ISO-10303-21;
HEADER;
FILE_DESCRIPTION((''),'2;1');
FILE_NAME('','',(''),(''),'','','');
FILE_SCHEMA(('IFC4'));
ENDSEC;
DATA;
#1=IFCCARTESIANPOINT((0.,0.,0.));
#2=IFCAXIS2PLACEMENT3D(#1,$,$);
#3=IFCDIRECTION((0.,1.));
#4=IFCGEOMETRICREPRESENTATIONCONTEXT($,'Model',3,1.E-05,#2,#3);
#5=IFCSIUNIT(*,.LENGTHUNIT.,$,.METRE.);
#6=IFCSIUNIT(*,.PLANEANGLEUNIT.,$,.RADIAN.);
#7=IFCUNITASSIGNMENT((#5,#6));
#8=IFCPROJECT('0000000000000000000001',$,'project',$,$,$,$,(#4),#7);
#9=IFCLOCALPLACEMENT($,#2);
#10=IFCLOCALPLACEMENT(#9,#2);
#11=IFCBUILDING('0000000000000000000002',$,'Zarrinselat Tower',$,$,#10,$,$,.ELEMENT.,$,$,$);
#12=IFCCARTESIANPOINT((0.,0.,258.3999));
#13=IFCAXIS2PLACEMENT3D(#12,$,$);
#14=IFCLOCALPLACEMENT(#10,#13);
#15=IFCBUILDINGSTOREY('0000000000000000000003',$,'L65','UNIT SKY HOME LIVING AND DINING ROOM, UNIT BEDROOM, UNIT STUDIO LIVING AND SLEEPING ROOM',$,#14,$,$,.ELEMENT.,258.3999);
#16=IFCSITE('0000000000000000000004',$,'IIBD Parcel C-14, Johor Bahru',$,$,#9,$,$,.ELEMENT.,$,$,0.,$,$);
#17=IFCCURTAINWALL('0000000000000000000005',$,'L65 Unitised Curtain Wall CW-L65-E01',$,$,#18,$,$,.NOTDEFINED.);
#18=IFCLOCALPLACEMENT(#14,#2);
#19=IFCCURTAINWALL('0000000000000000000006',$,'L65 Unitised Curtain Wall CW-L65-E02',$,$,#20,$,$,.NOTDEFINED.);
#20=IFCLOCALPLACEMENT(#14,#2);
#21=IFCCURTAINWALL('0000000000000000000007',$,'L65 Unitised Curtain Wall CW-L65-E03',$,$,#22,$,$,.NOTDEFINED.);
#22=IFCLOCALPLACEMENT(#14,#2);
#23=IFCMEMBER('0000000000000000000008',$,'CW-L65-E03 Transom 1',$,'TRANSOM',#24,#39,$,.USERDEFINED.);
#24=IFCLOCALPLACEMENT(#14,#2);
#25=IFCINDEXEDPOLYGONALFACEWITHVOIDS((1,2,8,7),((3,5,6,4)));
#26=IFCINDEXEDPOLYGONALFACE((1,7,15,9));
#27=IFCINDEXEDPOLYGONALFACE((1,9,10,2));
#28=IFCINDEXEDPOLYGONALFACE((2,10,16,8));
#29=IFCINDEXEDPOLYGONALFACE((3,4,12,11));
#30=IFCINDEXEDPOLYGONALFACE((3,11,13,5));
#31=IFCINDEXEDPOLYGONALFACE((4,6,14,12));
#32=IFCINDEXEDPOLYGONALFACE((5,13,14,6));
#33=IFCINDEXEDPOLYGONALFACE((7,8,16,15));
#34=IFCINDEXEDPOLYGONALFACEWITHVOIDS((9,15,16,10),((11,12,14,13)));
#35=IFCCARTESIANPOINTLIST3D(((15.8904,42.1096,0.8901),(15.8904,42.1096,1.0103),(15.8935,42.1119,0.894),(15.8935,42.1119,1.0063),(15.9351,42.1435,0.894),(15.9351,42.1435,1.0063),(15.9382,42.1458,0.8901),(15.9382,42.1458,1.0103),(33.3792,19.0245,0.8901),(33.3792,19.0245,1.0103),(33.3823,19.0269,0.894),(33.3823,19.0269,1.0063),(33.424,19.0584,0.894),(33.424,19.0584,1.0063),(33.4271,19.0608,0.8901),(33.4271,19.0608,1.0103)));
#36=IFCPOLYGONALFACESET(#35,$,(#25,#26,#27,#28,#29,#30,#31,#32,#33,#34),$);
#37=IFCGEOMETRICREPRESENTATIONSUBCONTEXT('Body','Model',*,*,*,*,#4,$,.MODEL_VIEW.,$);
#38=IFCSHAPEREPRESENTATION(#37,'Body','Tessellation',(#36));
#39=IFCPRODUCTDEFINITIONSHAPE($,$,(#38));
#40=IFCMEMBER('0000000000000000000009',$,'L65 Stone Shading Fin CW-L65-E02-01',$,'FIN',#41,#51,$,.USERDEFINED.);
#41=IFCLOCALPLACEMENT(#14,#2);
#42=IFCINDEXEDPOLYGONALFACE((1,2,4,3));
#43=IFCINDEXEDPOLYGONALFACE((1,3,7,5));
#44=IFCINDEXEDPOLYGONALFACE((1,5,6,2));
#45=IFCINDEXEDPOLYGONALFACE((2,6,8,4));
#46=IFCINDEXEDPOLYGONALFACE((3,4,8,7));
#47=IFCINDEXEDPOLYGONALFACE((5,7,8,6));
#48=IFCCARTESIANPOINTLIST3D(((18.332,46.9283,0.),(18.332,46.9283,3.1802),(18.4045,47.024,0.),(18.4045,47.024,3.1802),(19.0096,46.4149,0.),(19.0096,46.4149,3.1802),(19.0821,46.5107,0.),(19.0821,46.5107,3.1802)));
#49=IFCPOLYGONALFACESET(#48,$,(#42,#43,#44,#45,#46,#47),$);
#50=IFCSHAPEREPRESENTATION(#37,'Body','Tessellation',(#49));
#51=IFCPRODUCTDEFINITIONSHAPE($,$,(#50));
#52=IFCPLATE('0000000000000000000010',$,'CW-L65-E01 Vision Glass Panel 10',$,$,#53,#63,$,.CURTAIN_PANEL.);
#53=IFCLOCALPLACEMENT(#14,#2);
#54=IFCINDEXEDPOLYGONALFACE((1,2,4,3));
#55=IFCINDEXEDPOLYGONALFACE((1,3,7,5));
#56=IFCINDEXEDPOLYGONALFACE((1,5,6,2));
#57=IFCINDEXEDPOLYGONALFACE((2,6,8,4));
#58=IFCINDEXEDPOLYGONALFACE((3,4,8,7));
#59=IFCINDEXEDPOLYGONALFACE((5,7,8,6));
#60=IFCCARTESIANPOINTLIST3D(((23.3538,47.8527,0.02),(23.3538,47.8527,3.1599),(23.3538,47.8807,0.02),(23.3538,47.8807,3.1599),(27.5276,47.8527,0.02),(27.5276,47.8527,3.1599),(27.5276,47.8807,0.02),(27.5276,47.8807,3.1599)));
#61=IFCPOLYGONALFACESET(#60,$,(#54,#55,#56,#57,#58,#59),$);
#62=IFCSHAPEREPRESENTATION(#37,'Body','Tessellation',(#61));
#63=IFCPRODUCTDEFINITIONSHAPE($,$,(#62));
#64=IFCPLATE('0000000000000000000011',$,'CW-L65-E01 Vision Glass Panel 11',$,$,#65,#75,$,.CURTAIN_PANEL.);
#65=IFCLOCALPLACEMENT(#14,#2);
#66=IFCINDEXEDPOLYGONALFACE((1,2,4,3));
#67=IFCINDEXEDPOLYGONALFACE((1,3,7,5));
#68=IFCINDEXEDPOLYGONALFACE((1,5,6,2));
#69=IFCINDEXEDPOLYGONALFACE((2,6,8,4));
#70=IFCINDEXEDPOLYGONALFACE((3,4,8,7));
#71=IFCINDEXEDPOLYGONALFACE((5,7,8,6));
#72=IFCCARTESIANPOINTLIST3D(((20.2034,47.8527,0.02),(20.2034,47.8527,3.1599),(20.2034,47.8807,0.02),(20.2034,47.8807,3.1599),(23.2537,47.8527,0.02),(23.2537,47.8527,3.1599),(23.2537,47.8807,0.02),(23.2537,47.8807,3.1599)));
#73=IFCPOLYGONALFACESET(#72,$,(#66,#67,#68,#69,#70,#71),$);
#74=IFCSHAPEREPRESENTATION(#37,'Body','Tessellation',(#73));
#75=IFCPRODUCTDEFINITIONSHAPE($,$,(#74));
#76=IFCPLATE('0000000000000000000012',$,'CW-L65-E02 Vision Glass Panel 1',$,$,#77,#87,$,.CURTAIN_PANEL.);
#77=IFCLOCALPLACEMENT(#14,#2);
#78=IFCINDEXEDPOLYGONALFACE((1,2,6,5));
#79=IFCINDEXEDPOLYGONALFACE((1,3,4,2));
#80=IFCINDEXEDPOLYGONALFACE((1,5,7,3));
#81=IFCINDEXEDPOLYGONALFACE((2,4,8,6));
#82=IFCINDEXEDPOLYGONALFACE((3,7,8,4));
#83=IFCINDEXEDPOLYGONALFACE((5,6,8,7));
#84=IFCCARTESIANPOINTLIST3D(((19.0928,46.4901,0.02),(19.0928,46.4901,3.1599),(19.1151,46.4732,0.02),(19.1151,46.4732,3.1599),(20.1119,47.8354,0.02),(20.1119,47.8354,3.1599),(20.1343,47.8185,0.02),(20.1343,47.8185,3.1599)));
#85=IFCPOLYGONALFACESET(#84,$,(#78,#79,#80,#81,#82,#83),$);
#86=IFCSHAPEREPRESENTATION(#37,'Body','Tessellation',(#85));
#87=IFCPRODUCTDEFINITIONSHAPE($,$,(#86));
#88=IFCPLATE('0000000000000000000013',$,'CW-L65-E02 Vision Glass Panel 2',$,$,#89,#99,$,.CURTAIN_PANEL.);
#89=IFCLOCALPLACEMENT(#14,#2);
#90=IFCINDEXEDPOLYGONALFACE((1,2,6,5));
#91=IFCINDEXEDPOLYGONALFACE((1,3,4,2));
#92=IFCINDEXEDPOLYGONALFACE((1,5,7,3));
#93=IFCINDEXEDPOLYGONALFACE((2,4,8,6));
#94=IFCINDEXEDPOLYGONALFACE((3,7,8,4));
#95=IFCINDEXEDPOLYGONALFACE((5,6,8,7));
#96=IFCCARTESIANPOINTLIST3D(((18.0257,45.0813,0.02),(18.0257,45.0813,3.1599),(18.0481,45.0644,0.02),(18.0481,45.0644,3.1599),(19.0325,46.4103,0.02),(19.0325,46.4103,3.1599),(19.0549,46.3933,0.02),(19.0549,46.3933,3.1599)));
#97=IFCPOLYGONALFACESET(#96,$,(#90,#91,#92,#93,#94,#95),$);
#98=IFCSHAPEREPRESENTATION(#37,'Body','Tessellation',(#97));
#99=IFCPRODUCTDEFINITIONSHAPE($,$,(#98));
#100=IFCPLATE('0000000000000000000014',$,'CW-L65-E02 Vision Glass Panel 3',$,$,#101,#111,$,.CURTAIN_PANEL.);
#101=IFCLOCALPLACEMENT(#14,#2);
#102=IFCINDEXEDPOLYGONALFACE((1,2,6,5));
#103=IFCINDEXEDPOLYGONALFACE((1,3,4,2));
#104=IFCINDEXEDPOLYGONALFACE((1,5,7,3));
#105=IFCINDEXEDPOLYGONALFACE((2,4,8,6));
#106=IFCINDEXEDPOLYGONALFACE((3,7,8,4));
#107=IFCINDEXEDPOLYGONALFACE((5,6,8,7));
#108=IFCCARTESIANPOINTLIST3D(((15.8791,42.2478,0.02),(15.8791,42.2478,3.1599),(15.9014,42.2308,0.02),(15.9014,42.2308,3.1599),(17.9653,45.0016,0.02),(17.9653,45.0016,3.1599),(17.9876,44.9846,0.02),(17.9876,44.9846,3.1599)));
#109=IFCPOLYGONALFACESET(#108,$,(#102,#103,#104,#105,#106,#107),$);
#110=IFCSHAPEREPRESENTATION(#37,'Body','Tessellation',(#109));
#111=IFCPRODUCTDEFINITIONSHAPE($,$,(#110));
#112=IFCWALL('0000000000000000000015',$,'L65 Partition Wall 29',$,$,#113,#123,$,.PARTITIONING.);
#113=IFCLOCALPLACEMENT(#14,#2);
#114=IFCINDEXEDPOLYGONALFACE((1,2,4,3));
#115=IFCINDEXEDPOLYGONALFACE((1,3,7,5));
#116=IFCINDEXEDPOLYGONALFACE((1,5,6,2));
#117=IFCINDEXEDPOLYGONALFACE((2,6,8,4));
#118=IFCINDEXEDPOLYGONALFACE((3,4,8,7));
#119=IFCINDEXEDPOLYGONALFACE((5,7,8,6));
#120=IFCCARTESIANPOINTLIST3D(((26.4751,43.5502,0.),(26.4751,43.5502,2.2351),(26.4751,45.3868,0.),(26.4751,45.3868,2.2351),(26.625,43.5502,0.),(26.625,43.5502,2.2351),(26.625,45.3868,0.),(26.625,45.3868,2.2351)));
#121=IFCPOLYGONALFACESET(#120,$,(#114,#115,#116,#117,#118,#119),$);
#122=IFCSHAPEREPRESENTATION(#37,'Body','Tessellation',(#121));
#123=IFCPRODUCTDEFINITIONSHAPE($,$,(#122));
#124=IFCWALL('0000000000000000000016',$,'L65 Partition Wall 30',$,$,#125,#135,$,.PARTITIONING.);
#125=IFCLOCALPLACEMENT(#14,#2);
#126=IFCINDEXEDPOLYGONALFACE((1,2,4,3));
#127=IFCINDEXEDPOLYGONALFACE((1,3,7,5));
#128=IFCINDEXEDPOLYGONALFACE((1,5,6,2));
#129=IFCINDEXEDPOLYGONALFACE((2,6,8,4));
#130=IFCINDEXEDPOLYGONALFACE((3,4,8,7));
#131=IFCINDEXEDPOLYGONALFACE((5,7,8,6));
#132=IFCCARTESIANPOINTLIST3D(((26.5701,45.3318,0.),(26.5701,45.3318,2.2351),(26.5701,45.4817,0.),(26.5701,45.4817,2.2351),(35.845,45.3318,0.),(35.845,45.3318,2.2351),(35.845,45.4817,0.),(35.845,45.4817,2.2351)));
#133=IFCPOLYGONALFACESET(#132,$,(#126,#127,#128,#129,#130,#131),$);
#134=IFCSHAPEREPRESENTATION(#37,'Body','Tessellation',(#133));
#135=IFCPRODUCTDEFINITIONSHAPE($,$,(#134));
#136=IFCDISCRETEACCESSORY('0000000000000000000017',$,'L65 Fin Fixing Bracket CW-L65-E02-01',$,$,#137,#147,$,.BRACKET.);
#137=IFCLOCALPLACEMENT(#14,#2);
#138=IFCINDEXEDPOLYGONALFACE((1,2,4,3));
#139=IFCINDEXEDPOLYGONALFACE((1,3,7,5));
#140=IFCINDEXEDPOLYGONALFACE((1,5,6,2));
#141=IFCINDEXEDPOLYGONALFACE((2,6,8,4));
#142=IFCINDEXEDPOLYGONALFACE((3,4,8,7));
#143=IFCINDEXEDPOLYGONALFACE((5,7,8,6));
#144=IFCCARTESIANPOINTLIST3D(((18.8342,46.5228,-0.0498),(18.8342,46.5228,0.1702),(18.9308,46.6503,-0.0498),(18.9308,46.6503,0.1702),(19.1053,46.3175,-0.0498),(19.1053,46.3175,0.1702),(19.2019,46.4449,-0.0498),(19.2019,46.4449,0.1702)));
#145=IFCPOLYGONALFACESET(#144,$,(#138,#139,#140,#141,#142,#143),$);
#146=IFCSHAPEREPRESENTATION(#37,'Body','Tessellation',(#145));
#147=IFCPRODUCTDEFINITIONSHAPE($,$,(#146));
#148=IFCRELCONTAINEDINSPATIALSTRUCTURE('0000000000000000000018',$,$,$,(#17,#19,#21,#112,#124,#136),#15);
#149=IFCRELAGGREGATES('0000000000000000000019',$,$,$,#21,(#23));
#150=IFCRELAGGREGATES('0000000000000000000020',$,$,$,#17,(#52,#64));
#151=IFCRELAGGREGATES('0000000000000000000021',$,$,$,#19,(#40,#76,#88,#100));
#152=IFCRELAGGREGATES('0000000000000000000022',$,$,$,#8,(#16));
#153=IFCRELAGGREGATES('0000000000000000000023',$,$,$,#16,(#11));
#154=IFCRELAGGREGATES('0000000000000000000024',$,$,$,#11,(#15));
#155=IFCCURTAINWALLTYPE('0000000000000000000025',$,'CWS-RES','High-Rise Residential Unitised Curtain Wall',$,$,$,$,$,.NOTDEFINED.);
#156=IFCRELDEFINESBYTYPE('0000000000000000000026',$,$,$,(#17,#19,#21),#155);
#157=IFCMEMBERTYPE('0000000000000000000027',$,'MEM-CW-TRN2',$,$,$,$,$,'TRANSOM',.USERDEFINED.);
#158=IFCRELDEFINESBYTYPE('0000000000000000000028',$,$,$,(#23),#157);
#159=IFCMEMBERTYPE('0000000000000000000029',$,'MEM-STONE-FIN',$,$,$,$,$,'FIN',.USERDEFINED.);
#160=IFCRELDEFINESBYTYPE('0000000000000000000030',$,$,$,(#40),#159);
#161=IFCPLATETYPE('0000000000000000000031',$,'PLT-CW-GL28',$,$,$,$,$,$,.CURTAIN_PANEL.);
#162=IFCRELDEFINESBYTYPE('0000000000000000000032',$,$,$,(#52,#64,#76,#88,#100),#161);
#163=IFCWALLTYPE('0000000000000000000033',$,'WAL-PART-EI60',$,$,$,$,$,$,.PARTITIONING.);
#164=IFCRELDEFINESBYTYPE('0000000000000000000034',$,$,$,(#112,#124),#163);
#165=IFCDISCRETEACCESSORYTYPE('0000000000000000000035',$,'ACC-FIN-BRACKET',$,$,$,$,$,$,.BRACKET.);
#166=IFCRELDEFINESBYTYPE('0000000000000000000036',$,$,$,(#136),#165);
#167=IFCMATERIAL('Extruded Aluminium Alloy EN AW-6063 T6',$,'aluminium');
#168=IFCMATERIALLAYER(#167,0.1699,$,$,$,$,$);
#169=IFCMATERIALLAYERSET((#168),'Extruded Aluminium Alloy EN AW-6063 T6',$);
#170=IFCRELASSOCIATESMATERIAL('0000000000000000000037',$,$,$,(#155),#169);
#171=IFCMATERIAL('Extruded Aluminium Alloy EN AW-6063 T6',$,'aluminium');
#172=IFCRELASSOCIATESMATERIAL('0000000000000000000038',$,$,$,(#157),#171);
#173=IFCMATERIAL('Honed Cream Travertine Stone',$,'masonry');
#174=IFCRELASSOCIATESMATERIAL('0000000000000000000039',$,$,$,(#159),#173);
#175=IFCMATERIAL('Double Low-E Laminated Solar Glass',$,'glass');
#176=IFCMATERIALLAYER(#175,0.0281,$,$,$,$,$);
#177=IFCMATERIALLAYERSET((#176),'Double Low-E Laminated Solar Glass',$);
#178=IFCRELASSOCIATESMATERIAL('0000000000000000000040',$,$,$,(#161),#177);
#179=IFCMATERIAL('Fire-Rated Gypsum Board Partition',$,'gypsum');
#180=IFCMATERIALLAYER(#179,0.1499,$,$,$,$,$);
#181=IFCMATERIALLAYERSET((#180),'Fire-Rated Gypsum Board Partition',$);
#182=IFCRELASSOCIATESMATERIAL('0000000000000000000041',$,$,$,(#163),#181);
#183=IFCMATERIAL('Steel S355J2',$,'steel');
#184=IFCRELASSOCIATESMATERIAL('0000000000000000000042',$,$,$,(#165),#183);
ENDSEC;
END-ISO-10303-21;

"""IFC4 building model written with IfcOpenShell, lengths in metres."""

from ifc_helpers import new_model, si_unit, direction, frame, frame_2d, origin, origin_2d, place, context, subcontext, project, spatial, rectangle, hollow_rectangle, extrude, material, layer, layer_set, material_profile, profile_set, type_object, element, aggregate, save


model = new_model("IFC4")

# Units and contexts
model_context = context("Model", 3, precision=1e-05, world=origin(), true_north=direction((0.0, 1.0)))
body_context = subcontext(model_context, "Body", "Model", "MODEL_VIEW")
ifc_project = project(units=[si_unit("LENGTHUNIT", "METRE"), si_unit("PLANEANGLEUNIT", "RADIAN")], contexts=[model_context])

# Site, building, storey
site_placement = place(None, origin())
site = spatial("IfcSite", under=ifc_project, at=site_placement, Name="IIBD Parcel C-14, Johor Bahru", CompositionType="ELEMENT", RefElevation=0.0)
building_placement = place(site_placement, origin())
building = spatial("IfcBuilding", under=site, at=building_placement, Name="Zarrinselat Tower", CompositionType="ELEMENT")
storey_placement = place(building_placement, frame((0.0, 0.0, 258.3999)))
storey = spatial("IfcBuildingStorey", under=building, at=storey_placement, Name="L65", Description="UNIT SKY HOME LIVING AND DINING ROOM, UNIT BEDROOM, UNIT STUDIO LIVING AND SLEEPING ROOM", CompositionType="ELEMENT", Elevation=258.3999)

# Curtain walls
ifc_material_1 = material(Name="Extruded Aluminium Alloy EN AW-6063 T6", Category="aluminium")
ifc_layer_1 = layer(ifc_material_1, 0.1699)
ifc_layer_set_1 = layer_set([ifc_layer_1], Name="Extruded Aluminium Alloy EN AW-6063 T6")
curtain_wall_type = type_object("IfcCurtainWallType", Name="CWS-RES", Description="High-Rise Residential Unitised Curtain Wall", PredefinedType="NOTDEFINED", material=ifc_layer_set_1)
curtain_wall_1_placement = place(storey_placement, origin())
curtain_wall_1 = element("IfcCurtainWall", 1, at=curtain_wall_1_placement, inside=storey, type_object=curtain_wall_type, Name="L65 Unitised Curtain Wall CW-L65-E01", PredefinedType="NOTDEFINED")
curtain_wall_2_placement = place(storey_placement, origin())
curtain_wall_2 = element("IfcCurtainWall", 2, at=curtain_wall_2_placement, inside=storey, type_object=curtain_wall_type, Name="L65 Unitised Curtain Wall CW-L65-E02", PredefinedType="NOTDEFINED")
ifc_material_2 = material(Name="Extruded Aluminium Alloy EN AW-6063 T6", Category="aluminium")
ifc_material_profile_1 = material_profile(ifc_material_2, hollow_rectangle(XDim=0.0601, YDim=0.1201, WallThickness=0.0039, at=origin_2d()), Name="RHS 120x60x4")
ifc_profile_set_1 = profile_set([ifc_material_profile_1], Name="Extruded Aluminium Alloy EN AW-6063 T6")
member_type_1 = type_object("IfcMemberType", Name="MEM-CW-TRN2", ElementType="TRANSOM", PredefinedType="USERDEFINED", material=ifc_profile_set_1)

# Curtain wall, member
curtain_wall_3_placement = place(storey_placement, origin())
curtain_wall_3 = element("IfcCurtainWall", 3, at=curtain_wall_3_placement, inside=storey, type_object=curtain_wall_type, Name="L65 Unitised Curtain Wall CW-L65-E03", PredefinedType="NOTDEFINED")
member_1_placement = place(storey_placement, frame((15.9143, 42.1277, 0.9502), z_axis=(0.603861, -0.797089, 0.0), x_axis=(0.797089, 0.603861, 0.0)))
member_1 = element("IfcMember", 4, at=member_1_placement, type_object=member_type_1, Name="CW-L65-E03 Transom 1", ObjectType="TRANSOM", PredefinedType="USERDEFINED", context=body_context, shape_type="SweptSolid", body=[
    extrude(hollow_rectangle(XDim=0.0601, YDim=0.1201, WallThickness=0.0039, at=origin_2d()), origin(), (0.0, 0.0, 1.0), 28.9617),
])
aggregate(curtain_wall_3, [member_1])

# Member
ifc_material_3 = material(Name="Honed Cream Travertine Stone", Category="masonry")
ifc_material_profile_2 = material_profile(ifc_material_3, rectangle(XDim=0.1201, YDim=0.8501, at=origin_2d()), Name="FIN 850x120")
ifc_profile_set_2 = profile_set([ifc_material_profile_2], Name="Honed Cream Travertine Stone")
member_type_2 = type_object("IfcMemberType", Name="MEM-STONE-FIN", ElementType="FIN", PredefinedType="USERDEFINED", material=ifc_profile_set_2)
member_2_placement = place(storey_placement, frame((18.707, 46.7195, 0.0), z_axis=(0.0, 0.0, 1.0), x_axis=(0.603855, 0.797094, 0.0)))
member_2 = element("IfcMember", 5, at=member_2_placement, type_object=member_type_2, Name="L65 Stone Shading Fin CW-L65-E02-01", ObjectType="FIN", PredefinedType="USERDEFINED", context=body_context, shape_type="SweptSolid", body=[
    extrude(rectangle(XDim=0.1201, YDim=0.8501, at=origin_2d()), origin(), (0.0, 0.0, 1.0), 3.1802),
])

# Plates
ifc_material_4 = material(Name="Double Low-E Laminated Solar Glass", Category="glass")
ifc_layer_2 = layer(ifc_material_4, 0.0281)
ifc_layer_set_2 = layer_set([ifc_layer_2], Name="Double Low-E Laminated Solar Glass")
plate_type = type_object("IfcPlateType", Name="PLT-CW-GL28", PredefinedType="CURTAIN_PANEL", material=ifc_layer_set_2)
plate_1_placement = place(storey_placement, frame((25.4407, 47.8667, 0.02), z_axis=(0.0, 0.0, 1.0), x_axis=(-1.0, 0.0, 0.0)))
plate_1 = element("IfcPlate", 6, at=plate_1_placement, type_object=plate_type, Name="CW-L65-E01 Vision Glass Panel 10", PredefinedType="CURTAIN_PANEL", context=body_context, shape_type="SweptSolid", body=[
    extrude(rectangle(XDim=4.1738, YDim=0.0281, at=origin_2d()), origin(), (0.0, 0.0, 1.0), 3.1399),
])
plate_2_placement = place(storey_placement, frame((21.7285, 47.8667, 0.02), z_axis=(0.0, 0.0, 1.0), x_axis=(-1.0, 0.0, 0.0)))
plate_2 = element("IfcPlate", 7, at=plate_2_placement, type_object=plate_type, Name="CW-L65-E01 Vision Glass Panel 11", PredefinedType="CURTAIN_PANEL", context=body_context, shape_type="SweptSolid", body=[
    extrude(rectangle(XDim=3.0503, YDim=0.0281, at=origin_2d()), origin(), (0.0, 0.0, 1.0), 3.1399),
])
aggregate(curtain_wall_1, [plate_1, plate_2])
plate_3_placement = place(storey_placement, frame((19.6135, 47.1543, 0.02), z_axis=(0.0, 0.0, 1.0), x_axis=(-0.603855, -0.797094, 0.0)))
plate_3 = element("IfcPlate", 8, at=plate_3_placement, type_object=plate_type, Name="CW-L65-E02 Vision Glass Panel 1", PredefinedType="CURTAIN_PANEL", context=body_context, shape_type="SweptSolid", body=[
    extrude(rectangle(XDim=1.6877, YDim=0.0281, at=origin_2d()), origin(), (0.0, 0.0, 1.0), 3.1399),
])
plate_4_placement = place(storey_placement, frame((18.5403, 45.7373, 0.02), z_axis=(0.0, 0.0, 1.0), x_axis=(-0.603855, -0.797094, 0.0)))
plate_4 = element("IfcPlate", 9, at=plate_4_placement, type_object=plate_type, Name="CW-L65-E02 Vision Glass Panel 2", PredefinedType="CURTAIN_PANEL", context=body_context, shape_type="SweptSolid", body=[
    extrude(rectangle(XDim=1.6672, YDim=0.0281, at=origin_2d()), origin(), (0.0, 0.0, 1.0), 3.1399),
])
plate_5_placement = place(storey_placement, frame((16.9333, 43.6162, 0.02), z_axis=(0.0, 0.0, 1.0), x_axis=(-0.603855, -0.797094, 0.0)))
plate_5 = element("IfcPlate", 10, at=plate_5_placement, type_object=plate_type, Name="CW-L65-E02 Vision Glass Panel 3", PredefinedType="CURTAIN_PANEL", context=body_context, shape_type="SweptSolid", body=[
    extrude(rectangle(XDim=3.4548, YDim=0.0281, at=origin_2d()), origin(), (0.0, 0.0, 1.0), 3.1399),
])
aggregate(curtain_wall_2, [member_2, plate_3, plate_4, plate_5])

# Walls
ifc_material_5 = material(Name="Fire-Rated Gypsum Board Partition", Category="gypsum")
ifc_layer_3 = layer(ifc_material_5, 0.1499)
ifc_layer_set_3 = layer_set([ifc_layer_3], Name="Fire-Rated Gypsum Board Partition")
wall_type = type_object("IfcWallType", Name="WAL-PART-EI60", PredefinedType="PARTITIONING", material=ifc_layer_set_3)
wall_1_placement = place(storey_placement, frame((26.55, 43.55, 0.0), z_axis=(0.0, 0.0, 1.0), x_axis=(0.0, 1.0, 0.0)))
element("IfcWall", 11, at=wall_1_placement, inside=storey, type_object=wall_type, Name="L65 Partition Wall 29", PredefinedType="PARTITIONING", context=body_context, shape_type="SweptSolid", body=[
    extrude(rectangle(XDim=1.8367, YDim=0.1499, at=frame_2d((0.9185, 0.0))), origin(), (0.0, 0.0, 1.0), 2.2351),
])
wall_2_placement = place(storey_placement, frame((26.5701, 45.4067, 0.0), z_axis=(0.0, 0.0, 1.0), x_axis=(1.0, 0.0, 0.0)))
element("IfcWall", 12, at=wall_2_placement, inside=storey, type_object=wall_type, Name="L65 Partition Wall 30", PredefinedType="PARTITIONING", context=body_context, shape_type="SweptSolid", body=[
    extrude(rectangle(XDim=9.2749, YDim=0.1499, at=frame_2d((4.6375, 0.0))), origin(), (0.0, 0.0, 1.0), 2.2351),
])

# Discrete accessory
ifc_material_6 = material(Name="Steel S355J2", Category="steel")
discrete_accessory_type = type_object("IfcDiscreteAccessoryType", Name="ACC-FIN-BRACKET", PredefinedType="BRACKET", material=ifc_material_6)
discrete_accessory_placement = place(storey_placement, frame((19.0181, 46.4839, -0.0498), z_axis=(0.0, 0.0, 1.0), x_axis=(-0.797094, 0.603855, 0.0)))
element("IfcDiscreteAccessory", 13, at=discrete_accessory_placement, inside=storey, type_object=discrete_accessory_type, Name="L65 Fin Fixing Bracket CW-L65-E02-01", PredefinedType="BRACKET", context=body_context, shape_type="SweptSolid", body=[
    extrude(rectangle(XDim=0.3401, YDim=0.1599, at=origin_2d()), origin(), (0.0, 0.0, 1.0), 0.22),
])

save(model, "model.ifc")
